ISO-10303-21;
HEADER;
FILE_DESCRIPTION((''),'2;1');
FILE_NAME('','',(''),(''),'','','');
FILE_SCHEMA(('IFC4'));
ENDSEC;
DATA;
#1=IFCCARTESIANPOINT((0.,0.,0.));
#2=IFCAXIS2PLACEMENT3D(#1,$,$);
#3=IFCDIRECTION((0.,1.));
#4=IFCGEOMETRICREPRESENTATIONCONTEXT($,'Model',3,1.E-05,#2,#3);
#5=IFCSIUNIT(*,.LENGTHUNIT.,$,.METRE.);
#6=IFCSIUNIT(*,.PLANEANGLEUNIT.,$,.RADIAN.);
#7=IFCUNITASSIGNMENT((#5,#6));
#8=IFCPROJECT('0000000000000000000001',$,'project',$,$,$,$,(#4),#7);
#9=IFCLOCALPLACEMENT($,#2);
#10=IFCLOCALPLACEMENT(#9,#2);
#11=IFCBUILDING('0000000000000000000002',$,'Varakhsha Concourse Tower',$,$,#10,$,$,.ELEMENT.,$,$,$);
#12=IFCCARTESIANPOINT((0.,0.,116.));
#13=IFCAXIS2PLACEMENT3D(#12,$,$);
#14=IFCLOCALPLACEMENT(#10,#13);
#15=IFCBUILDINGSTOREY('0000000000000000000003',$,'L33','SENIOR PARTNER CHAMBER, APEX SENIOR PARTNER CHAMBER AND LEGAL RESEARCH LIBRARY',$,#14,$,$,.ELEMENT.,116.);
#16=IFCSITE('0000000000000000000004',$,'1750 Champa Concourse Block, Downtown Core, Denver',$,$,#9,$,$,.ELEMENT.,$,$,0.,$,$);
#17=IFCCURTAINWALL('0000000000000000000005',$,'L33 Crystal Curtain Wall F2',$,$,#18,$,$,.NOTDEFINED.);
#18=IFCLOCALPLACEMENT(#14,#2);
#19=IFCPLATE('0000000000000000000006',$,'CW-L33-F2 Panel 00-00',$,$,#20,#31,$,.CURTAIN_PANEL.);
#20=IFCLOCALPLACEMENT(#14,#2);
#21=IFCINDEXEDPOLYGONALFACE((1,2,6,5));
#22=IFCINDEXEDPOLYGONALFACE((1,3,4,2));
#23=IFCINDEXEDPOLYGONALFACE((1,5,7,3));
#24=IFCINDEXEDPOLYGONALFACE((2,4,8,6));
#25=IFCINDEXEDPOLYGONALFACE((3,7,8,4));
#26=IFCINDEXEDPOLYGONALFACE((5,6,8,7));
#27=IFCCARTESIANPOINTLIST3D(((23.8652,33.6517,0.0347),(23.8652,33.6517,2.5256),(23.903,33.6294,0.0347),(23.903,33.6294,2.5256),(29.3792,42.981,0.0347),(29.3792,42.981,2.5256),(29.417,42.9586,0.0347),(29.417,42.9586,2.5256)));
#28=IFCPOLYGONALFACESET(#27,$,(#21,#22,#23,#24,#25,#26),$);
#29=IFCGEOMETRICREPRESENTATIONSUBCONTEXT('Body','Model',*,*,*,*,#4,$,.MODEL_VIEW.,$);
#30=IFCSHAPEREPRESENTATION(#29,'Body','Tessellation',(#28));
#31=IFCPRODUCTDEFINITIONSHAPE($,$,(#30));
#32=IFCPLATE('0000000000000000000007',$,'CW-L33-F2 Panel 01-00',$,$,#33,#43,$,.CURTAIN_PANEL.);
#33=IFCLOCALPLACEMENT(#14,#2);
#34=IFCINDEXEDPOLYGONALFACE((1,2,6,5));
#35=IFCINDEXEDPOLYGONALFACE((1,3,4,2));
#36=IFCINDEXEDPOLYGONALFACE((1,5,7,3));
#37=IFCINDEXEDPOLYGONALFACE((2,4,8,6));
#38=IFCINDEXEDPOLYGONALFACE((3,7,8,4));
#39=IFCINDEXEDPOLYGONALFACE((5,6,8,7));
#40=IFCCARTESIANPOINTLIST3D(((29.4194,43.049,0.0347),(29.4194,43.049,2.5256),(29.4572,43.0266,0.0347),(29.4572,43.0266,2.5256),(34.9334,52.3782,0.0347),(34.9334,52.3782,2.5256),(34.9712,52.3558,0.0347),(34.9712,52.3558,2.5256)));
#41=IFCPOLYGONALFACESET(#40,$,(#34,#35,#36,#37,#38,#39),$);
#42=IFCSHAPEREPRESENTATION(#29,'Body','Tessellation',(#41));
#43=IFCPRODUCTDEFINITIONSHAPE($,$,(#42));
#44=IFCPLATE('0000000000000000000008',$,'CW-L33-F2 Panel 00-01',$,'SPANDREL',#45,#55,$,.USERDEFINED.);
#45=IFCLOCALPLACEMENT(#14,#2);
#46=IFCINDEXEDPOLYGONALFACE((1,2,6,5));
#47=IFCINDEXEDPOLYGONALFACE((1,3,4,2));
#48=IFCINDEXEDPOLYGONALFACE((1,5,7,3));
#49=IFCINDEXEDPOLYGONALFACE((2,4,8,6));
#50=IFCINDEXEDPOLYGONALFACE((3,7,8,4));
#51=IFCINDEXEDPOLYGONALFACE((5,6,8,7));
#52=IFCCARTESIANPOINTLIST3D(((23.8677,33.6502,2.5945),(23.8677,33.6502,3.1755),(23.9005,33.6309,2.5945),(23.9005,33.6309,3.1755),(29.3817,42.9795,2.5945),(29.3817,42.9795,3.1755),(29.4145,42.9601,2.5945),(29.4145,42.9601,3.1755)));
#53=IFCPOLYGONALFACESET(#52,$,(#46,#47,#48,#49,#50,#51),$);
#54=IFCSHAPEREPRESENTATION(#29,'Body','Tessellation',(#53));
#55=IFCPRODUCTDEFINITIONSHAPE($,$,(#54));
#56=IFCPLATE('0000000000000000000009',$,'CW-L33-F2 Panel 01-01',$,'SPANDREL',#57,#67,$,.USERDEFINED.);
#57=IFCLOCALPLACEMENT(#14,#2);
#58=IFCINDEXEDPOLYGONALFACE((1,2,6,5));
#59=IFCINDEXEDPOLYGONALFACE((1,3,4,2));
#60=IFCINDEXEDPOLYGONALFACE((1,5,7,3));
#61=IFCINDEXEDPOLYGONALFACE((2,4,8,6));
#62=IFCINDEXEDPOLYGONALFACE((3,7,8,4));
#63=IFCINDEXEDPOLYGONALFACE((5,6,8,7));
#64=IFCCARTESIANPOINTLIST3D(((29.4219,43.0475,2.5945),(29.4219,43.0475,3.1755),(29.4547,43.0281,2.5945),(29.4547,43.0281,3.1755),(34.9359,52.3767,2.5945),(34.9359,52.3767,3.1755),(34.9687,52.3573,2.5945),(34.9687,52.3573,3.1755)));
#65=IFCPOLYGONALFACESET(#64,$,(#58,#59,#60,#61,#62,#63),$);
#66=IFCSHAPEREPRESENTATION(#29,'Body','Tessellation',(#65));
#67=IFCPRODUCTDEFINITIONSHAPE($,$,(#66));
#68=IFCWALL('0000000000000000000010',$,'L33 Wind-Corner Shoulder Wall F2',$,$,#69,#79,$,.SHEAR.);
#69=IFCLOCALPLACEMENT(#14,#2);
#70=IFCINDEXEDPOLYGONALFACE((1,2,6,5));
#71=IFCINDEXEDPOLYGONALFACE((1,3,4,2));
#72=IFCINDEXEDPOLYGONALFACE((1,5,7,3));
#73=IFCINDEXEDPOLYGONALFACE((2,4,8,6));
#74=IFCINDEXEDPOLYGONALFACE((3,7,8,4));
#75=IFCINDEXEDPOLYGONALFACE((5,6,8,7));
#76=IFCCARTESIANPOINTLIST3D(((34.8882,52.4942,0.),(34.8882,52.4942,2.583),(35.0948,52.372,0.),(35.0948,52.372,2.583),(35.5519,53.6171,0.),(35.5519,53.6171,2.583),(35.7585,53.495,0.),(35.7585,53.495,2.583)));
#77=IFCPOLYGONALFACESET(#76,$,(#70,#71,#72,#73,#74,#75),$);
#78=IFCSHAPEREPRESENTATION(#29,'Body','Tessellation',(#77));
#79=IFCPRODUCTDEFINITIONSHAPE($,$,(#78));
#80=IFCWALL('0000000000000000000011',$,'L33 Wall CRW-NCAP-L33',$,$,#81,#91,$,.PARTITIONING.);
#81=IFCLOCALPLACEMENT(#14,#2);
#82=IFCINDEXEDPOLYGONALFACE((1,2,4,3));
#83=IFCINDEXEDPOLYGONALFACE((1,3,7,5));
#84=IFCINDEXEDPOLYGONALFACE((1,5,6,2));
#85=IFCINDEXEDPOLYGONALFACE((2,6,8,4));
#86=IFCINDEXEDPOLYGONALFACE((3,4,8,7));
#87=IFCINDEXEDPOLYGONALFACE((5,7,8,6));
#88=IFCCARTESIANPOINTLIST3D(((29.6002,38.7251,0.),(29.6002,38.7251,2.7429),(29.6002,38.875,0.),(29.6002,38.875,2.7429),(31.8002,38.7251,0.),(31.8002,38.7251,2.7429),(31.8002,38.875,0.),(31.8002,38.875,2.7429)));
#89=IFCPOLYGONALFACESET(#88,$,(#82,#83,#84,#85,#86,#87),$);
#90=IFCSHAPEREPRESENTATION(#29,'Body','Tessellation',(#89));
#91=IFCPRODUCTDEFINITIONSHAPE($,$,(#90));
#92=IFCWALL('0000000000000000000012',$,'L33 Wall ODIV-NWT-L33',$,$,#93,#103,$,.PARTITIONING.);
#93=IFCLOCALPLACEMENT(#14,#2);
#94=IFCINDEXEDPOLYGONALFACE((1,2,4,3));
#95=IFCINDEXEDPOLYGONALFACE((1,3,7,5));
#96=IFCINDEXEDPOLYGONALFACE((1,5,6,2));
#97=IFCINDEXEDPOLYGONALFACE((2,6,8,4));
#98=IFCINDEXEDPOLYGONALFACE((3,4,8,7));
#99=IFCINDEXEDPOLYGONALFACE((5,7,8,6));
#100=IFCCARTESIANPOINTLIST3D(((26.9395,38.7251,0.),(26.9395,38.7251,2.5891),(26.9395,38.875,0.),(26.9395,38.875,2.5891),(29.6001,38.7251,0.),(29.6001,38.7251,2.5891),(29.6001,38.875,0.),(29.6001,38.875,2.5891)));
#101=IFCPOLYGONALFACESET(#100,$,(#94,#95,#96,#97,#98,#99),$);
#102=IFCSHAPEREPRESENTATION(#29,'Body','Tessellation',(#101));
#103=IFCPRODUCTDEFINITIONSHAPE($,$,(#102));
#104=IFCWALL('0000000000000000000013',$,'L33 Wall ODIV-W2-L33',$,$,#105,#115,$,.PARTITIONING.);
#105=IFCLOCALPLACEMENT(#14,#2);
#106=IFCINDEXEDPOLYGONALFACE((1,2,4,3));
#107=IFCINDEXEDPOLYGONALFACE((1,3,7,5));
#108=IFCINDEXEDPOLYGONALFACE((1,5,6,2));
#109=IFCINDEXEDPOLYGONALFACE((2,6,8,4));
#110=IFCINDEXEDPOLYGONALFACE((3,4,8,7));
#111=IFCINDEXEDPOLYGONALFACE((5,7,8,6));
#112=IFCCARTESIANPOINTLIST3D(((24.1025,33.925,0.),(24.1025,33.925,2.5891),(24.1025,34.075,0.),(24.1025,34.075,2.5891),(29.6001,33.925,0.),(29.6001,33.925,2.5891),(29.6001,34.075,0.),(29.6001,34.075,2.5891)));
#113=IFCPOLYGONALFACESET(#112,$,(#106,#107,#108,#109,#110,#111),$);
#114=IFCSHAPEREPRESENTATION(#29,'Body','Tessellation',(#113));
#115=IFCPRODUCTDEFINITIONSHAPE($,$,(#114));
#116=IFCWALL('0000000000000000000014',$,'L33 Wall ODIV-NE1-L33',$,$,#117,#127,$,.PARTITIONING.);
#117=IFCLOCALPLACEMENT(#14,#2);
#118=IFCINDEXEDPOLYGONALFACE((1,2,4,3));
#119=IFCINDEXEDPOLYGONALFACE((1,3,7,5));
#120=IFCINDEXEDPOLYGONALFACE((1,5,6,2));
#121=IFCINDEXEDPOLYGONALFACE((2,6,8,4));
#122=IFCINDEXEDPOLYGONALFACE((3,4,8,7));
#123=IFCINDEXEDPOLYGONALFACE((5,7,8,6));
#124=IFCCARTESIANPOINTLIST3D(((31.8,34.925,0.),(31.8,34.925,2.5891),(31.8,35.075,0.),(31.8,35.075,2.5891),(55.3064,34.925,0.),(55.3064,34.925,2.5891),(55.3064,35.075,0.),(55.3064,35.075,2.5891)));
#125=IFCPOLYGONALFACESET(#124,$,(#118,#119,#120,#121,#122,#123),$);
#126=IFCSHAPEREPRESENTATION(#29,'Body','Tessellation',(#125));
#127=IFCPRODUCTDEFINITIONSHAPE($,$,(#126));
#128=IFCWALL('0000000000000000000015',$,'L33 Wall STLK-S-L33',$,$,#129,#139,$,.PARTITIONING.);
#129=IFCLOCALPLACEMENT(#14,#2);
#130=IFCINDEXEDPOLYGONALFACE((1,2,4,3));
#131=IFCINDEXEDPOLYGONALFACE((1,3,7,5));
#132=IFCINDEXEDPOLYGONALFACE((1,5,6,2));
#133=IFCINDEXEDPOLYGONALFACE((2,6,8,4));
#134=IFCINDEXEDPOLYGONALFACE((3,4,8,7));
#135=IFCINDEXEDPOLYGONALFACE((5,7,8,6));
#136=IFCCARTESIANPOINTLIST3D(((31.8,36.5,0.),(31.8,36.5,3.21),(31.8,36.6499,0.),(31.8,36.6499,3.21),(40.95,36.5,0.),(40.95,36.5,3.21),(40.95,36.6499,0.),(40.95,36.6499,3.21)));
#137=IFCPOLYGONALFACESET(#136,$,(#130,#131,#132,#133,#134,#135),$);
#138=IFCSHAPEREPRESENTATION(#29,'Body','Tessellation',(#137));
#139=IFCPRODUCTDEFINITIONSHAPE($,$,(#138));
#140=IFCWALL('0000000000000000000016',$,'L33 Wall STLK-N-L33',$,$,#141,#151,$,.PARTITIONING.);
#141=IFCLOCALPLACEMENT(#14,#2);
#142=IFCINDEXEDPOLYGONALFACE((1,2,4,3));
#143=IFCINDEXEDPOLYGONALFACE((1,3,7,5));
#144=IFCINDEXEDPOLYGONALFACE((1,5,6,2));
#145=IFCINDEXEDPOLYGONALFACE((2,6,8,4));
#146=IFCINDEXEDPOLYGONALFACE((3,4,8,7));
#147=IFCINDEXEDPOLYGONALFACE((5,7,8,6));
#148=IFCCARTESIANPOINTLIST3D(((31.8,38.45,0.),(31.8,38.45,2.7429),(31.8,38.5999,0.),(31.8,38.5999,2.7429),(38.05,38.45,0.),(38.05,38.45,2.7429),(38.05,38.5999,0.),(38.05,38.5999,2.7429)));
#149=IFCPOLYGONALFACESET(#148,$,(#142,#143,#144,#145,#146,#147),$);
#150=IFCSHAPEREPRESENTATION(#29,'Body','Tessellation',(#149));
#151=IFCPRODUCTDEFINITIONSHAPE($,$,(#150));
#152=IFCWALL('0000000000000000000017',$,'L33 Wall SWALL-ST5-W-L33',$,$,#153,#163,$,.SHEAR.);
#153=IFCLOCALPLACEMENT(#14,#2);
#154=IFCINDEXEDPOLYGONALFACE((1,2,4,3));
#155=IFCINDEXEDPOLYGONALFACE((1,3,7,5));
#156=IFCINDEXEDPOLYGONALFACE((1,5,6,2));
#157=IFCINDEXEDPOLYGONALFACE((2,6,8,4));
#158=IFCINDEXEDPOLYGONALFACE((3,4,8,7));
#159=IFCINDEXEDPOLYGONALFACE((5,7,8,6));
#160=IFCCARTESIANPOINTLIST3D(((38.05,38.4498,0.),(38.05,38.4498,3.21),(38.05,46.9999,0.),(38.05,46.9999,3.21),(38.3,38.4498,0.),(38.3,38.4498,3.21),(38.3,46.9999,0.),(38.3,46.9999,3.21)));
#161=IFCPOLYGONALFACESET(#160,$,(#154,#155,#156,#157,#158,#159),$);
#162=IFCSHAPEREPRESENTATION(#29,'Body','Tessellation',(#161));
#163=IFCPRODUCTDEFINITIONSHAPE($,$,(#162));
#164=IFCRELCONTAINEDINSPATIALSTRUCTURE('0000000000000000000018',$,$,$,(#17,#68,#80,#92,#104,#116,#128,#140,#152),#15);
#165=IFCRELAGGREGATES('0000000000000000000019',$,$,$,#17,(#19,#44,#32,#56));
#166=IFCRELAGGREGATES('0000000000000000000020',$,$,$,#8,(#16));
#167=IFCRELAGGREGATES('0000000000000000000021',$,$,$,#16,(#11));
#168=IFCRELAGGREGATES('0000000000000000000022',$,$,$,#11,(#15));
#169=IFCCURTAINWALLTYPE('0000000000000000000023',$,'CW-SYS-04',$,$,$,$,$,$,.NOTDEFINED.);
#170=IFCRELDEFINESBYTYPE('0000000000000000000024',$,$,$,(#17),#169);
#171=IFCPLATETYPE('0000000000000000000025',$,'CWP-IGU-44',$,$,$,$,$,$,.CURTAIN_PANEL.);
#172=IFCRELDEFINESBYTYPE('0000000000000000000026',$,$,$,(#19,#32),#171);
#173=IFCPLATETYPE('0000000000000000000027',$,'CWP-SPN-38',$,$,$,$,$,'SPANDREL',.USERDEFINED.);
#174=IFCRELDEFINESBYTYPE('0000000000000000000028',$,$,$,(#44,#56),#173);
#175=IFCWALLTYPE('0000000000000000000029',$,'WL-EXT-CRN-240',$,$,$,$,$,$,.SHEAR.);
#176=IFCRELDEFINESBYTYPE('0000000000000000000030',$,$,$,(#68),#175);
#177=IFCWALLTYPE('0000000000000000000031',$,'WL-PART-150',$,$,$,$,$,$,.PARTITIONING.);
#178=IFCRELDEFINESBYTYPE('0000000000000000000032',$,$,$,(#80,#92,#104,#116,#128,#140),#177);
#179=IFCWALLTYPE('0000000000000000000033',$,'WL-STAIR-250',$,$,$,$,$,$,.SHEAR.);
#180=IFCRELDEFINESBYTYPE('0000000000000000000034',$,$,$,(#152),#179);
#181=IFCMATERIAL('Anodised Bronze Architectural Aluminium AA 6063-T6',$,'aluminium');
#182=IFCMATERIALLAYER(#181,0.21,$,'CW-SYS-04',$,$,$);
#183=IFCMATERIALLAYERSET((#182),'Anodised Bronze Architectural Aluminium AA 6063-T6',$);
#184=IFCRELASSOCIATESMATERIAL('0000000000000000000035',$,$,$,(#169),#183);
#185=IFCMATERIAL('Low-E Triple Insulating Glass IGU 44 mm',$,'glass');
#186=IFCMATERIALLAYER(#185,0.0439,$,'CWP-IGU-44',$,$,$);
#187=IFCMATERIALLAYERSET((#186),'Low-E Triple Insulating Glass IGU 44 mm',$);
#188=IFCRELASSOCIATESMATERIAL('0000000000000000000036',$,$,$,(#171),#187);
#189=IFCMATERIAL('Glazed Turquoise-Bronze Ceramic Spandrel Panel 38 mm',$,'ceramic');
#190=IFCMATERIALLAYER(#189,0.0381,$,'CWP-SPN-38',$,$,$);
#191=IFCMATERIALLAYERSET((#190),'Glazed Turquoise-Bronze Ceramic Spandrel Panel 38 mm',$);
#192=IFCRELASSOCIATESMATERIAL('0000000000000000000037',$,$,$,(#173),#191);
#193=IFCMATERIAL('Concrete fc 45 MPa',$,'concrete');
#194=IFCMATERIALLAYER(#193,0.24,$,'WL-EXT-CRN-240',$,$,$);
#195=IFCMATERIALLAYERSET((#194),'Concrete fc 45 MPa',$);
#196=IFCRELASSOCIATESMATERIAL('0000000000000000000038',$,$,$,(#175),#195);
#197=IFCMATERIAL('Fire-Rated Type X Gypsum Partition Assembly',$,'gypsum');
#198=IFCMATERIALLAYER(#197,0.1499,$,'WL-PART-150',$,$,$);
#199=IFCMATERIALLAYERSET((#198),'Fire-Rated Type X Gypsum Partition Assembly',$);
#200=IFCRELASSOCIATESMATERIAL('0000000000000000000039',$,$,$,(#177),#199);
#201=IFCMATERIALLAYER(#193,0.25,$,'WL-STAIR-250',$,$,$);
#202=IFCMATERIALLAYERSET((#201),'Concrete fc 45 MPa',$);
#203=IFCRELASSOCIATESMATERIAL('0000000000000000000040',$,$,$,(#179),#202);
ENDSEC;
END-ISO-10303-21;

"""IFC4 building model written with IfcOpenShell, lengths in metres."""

from ifc_helpers import new_model, si_unit, direction, frame, frame_2d, origin, origin_2d, place, context, subcontext, project, spatial, rectangle, extrude, source, transform, mapped, material, layer, layer_set, type_object, type_shapes, element, aggregate, save


model = new_model("IFC4")

# Units and contexts
model_context = context("Model", 3, precision=1e-05, world=origin(), true_north=direction((0.0, 1.0)))
body_context = subcontext(model_context, "Body", "Model", "MODEL_VIEW")
ifc_project = project(units=[si_unit("LENGTHUNIT", "METRE"), si_unit("PLANEANGLEUNIT", "RADIAN")], contexts=[model_context])

# Site, building, storey
site_placement = place(None, origin())
site = spatial("IfcSite", under=ifc_project, at=site_placement, Name="1750 Champa Concourse Block, Downtown Core, Denver", CompositionType="ELEMENT", RefElevation=0.0)
building_placement = place(site_placement, origin())
building = spatial("IfcBuilding", under=site, at=building_placement, Name="Varakhsha Concourse Tower", CompositionType="ELEMENT")
storey_placement = place(building_placement, frame((0.0, 0.0, 116.0)))
storey = spatial("IfcBuildingStorey", under=building, at=storey_placement, Name="L33", Description="SENIOR PARTNER CHAMBER, APEX SENIOR PARTNER CHAMBER AND LEGAL RESEARCH LIBRARY", CompositionType="ELEMENT", Elevation=116.0)

# Shared definitions
ifc_material_1 = material(Name="Anodised Bronze Architectural Aluminium AA 6063-T6", Category="aluminium")
ifc_layer_1 = layer(ifc_material_1, 0.21, Name="CW-SYS-04")
ifc_layer_set_1 = layer_set([ifc_layer_1], Name="Anodised Bronze Architectural Aluminium AA 6063-T6")
curtain_wall_type = type_object("IfcCurtainWallType", Name="CW-SYS-04", PredefinedType="NOTDEFINED", material=ifc_layer_set_1)

# Curtain wall
curtain_wall_1_placement = place(storey_placement, origin())
curtain_wall_1 = element("IfcCurtainWall", 1, at=curtain_wall_1_placement, inside=storey, type_object=curtain_wall_type, Name="L33 Crystal Curtain Wall F2", PredefinedType="NOTDEFINED")

# Plates
ifc_material_2 = material(Name="Low-E Triple Insulating Glass IGU 44 mm", Category="glass")
ifc_layer_2 = layer(ifc_material_2, 0.0439, Name="CWP-IGU-44")
ifc_layer_set_2 = layer_set([ifc_layer_2], Name="Low-E Triple Insulating Glass IGU 44 mm")
plate_type_1 = type_object("IfcPlateType", Name="CWP-IGU-44", PredefinedType="CURTAIN_PANEL", material=ifc_layer_set_2)
shared_shape_1 = source(origin(), body_context, "Body", "SweptSolid", [
    extrude(rectangle(XDim=10.8369, YDim=0.0439, at=origin_2d()), origin(), (0.0, 0.0, 1.0), 2.491),
])
type_shapes(plate_type_1, [shared_shape_1])
plate_1_placement = place(storey_placement, frame((26.6411, 38.3052, 0.0347), z_axis=(0.0, 0.0, 1.0), x_axis=(0.508815, 0.860876, 0.0)))
plate_1 = element("IfcPlate", 2, at=plate_1_placement, type_object=plate_type_1, Name="CW-L33-F2 Panel 00-00", PredefinedType="CURTAIN_PANEL", context=body_context, shape_type="MappedRepresentation", body=[
    mapped(shared_shape_1, transform((0.0, 0.0, 0.0), scale=1.0)),
])
plate_2_placement = place(storey_placement, frame((32.1953, 47.7024, 0.0347), z_axis=(0.0, 0.0, 1.0), x_axis=(0.508815, 0.860876, 0.0)))
plate_2 = element("IfcPlate", 3, at=plate_2_placement, type_object=plate_type_1, Name="CW-L33-F2 Panel 01-00", PredefinedType="CURTAIN_PANEL", context=body_context, shape_type="MappedRepresentation", body=[
    mapped(shared_shape_1, transform((0.0, 0.0, 0.0), scale=1.0)),
])
ifc_material_3 = material(Name="Glazed Turquoise-Bronze Ceramic Spandrel Panel 38 mm", Category="ceramic")
ifc_layer_3 = layer(ifc_material_3, 0.0381, Name="CWP-SPN-38")
ifc_layer_set_3 = layer_set([ifc_layer_3], Name="Glazed Turquoise-Bronze Ceramic Spandrel Panel 38 mm")
plate_type_2 = type_object("IfcPlateType", Name="CWP-SPN-38", ElementType="SPANDREL", PredefinedType="USERDEFINED", material=ifc_layer_set_3)
shared_shape_2 = source(origin(), body_context, "Body", "SweptSolid", [
    extrude(rectangle(XDim=10.8369, YDim=0.0381, at=origin_2d()), origin(), (0.0, 0.0, 1.0), 0.5811),
])
type_shapes(plate_type_2, [shared_shape_2])
plate_3_placement = place(storey_placement, frame((26.6411, 38.3052, 2.5945), z_axis=(0.0, 0.0, 1.0), x_axis=(0.508815, 0.860876, 0.0)))
plate_3 = element("IfcPlate", 4, at=plate_3_placement, type_object=plate_type_2, Name="CW-L33-F2 Panel 00-01", ObjectType="SPANDREL", PredefinedType="USERDEFINED", context=body_context, shape_type="MappedRepresentation", body=[
    mapped(shared_shape_2, transform((0.0, 0.0, 0.0), scale=1.0)),
])
plate_4_placement = place(storey_placement, frame((32.1953, 47.7024, 2.5945), z_axis=(0.0, 0.0, 1.0), x_axis=(0.508815, 0.860876, 0.0)))
plate_4 = element("IfcPlate", 5, at=plate_4_placement, type_object=plate_type_2, Name="CW-L33-F2 Panel 01-01", ObjectType="SPANDREL", PredefinedType="USERDEFINED", context=body_context, shape_type="MappedRepresentation", body=[
    mapped(shared_shape_2, transform((0.0, 0.0, 0.0), scale=1.0)),
])
aggregate(curtain_wall_1, [plate_1, plate_3, plate_2, plate_4])

# Walls
ifc_material_4 = material(Name="Concrete fc 45 MPa", Category="concrete")
ifc_layer_4 = layer(ifc_material_4, 0.24, Name="WL-EXT-CRN-240")
ifc_layer_set_4 = layer_set([ifc_layer_4], Name="Concrete fc 45 MPa")
wall_type_1 = type_object("IfcWallType", Name="WL-EXT-CRN-240", PredefinedType="SHEAR", material=ifc_layer_set_4)
wall_1_placement = place(storey_placement, frame((35.6553, 53.5562, 0.0), z_axis=(0.0, 0.0, 1.0), x_axis=(-0.508843, -0.860859, 0.0)))
element("IfcWall", 6, at=wall_1_placement, inside=storey, type_object=wall_type_1, Name="L33 Wind-Corner Shoulder Wall F2", PredefinedType="SHEAR", context=body_context, shape_type="SweptSolid", body=[
    extrude(rectangle(XDim=1.3044, YDim=0.24, at=frame_2d((0.6523, 0.0))), origin(), (0.0, 0.0, 1.0), 2.583),
])
ifc_material_5 = material(Name="Fire-Rated Type X Gypsum Partition Assembly", Category="gypsum")
ifc_layer_5 = layer(ifc_material_5, 0.1499, Name="WL-PART-150")
ifc_layer_set_5 = layer_set([ifc_layer_5], Name="Fire-Rated Type X Gypsum Partition Assembly")
wall_type_2 = type_object("IfcWallType", Name="WL-PART-150", PredefinedType="PARTITIONING", material=ifc_layer_set_5)
wall_2_placement = place(storey_placement, frame((29.6001, 38.8, 0.0), z_axis=(0.0, 0.0, 1.0), x_axis=(1.0, 0.0, 0.0)))
element("IfcWall", 7, at=wall_2_placement, inside=storey, type_object=wall_type_2, Name="L33 Wall CRW-NCAP-L33", PredefinedType="PARTITIONING", context=body_context, shape_type="SweptSolid", body=[
    extrude(rectangle(XDim=2.2, YDim=0.1499, at=frame_2d((1.1001, 0.0))), origin(), (0.0, 0.0, 1.0), 2.7429),
])
wall_3_placement = place(storey_placement, frame((26.9395, 38.8, 0.0), z_axis=(0.0, 0.0, 1.0), x_axis=(1.0, 0.0, 0.0)))
element("IfcWall", 8, at=wall_3_placement, inside=storey, type_object=wall_type_2, Name="L33 Wall ODIV-NWT-L33", PredefinedType="PARTITIONING", context=body_context, shape_type="SweptSolid", body=[
    extrude(rectangle(XDim=2.6606, YDim=0.1499, at=frame_2d((1.3303, 0.0))), origin(), (0.0, 0.0, 1.0), 2.5891),
])
wall_4_placement = place(storey_placement, frame((24.1025, 34.0, 0.0), z_axis=(0.0, 0.0, 1.0), x_axis=(1.0, 0.0, 0.0)))
element("IfcWall", 9, at=wall_4_placement, inside=storey, type_object=wall_type_2, Name="L33 Wall ODIV-W2-L33", PredefinedType="PARTITIONING", context=body_context, shape_type="SweptSolid", body=[
    extrude(rectangle(XDim=5.4976, YDim=0.1499, at=frame_2d((2.7488, 0.0))), origin(), (0.0, 0.0, 1.0), 2.5891),
])
wall_5_placement = place(storey_placement, frame((31.8, 35.0, 0.0), z_axis=(0.0, 0.0, 1.0), x_axis=(1.0, 0.0, 0.0)))
element("IfcWall", 10, at=wall_5_placement, inside=storey, type_object=wall_type_2, Name="L33 Wall ODIV-NE1-L33", PredefinedType="PARTITIONING", context=body_context, shape_type="SweptSolid", body=[
    extrude(rectangle(XDim=23.5063, YDim=0.1499, at=frame_2d((11.7532, 0.0))), origin(), (0.0, 0.0, 1.0), 2.5891),
])
wall_6_placement = place(storey_placement, frame((31.8, 36.575, 0.0), z_axis=(0.0, 0.0, 1.0), x_axis=(1.0, 0.0, 0.0)))
element("IfcWall", 11, at=wall_6_placement, inside=storey, type_object=wall_type_2, Name="L33 Wall STLK-S-L33", PredefinedType="PARTITIONING", context=body_context, shape_type="SweptSolid", body=[
    extrude(rectangle(XDim=9.1499, YDim=0.1499, at=frame_2d((4.575, 0.0))), origin(), (0.0, 0.0, 1.0), 3.21),
])
wall_7_placement = place(storey_placement, frame((31.8, 38.5249, 0.0), z_axis=(0.0, 0.0, 1.0), x_axis=(1.0, 0.0, 0.0)))
element("IfcWall", 12, at=wall_7_placement, inside=storey, type_object=wall_type_2, Name="L33 Wall STLK-N-L33", PredefinedType="PARTITIONING", context=body_context, shape_type="SweptSolid", body=[
    extrude(rectangle(XDim=6.25, YDim=0.1499, at=frame_2d((3.125, 0.0))), origin(), (0.0, 0.0, 1.0), 2.7429),
])
ifc_layer_6 = layer(ifc_material_4, 0.25, Name="WL-STAIR-250")
ifc_layer_set_6 = layer_set([ifc_layer_6], Name="Concrete fc 45 MPa")
wall_type_3 = type_object("IfcWallType", Name="WL-STAIR-250", PredefinedType="SHEAR", material=ifc_layer_set_6)
wall_8_placement = place(storey_placement, frame((38.175, 38.45, 0.0), z_axis=(0.0, 0.0, 1.0), x_axis=(0.0, 1.0, 0.0)))
element("IfcWall", 13, at=wall_8_placement, inside=storey, type_object=wall_type_3, Name="L33 Wall SWALL-ST5-W-L33", PredefinedType="SHEAR", context=body_context, shape_type="SweptSolid", body=[
    extrude(rectangle(XDim=8.55, YDim=0.25, at=frame_2d((4.2749, 0.0))), origin(), (0.0, 0.0, 1.0), 3.21),
])

save(model, "model.ifc")
